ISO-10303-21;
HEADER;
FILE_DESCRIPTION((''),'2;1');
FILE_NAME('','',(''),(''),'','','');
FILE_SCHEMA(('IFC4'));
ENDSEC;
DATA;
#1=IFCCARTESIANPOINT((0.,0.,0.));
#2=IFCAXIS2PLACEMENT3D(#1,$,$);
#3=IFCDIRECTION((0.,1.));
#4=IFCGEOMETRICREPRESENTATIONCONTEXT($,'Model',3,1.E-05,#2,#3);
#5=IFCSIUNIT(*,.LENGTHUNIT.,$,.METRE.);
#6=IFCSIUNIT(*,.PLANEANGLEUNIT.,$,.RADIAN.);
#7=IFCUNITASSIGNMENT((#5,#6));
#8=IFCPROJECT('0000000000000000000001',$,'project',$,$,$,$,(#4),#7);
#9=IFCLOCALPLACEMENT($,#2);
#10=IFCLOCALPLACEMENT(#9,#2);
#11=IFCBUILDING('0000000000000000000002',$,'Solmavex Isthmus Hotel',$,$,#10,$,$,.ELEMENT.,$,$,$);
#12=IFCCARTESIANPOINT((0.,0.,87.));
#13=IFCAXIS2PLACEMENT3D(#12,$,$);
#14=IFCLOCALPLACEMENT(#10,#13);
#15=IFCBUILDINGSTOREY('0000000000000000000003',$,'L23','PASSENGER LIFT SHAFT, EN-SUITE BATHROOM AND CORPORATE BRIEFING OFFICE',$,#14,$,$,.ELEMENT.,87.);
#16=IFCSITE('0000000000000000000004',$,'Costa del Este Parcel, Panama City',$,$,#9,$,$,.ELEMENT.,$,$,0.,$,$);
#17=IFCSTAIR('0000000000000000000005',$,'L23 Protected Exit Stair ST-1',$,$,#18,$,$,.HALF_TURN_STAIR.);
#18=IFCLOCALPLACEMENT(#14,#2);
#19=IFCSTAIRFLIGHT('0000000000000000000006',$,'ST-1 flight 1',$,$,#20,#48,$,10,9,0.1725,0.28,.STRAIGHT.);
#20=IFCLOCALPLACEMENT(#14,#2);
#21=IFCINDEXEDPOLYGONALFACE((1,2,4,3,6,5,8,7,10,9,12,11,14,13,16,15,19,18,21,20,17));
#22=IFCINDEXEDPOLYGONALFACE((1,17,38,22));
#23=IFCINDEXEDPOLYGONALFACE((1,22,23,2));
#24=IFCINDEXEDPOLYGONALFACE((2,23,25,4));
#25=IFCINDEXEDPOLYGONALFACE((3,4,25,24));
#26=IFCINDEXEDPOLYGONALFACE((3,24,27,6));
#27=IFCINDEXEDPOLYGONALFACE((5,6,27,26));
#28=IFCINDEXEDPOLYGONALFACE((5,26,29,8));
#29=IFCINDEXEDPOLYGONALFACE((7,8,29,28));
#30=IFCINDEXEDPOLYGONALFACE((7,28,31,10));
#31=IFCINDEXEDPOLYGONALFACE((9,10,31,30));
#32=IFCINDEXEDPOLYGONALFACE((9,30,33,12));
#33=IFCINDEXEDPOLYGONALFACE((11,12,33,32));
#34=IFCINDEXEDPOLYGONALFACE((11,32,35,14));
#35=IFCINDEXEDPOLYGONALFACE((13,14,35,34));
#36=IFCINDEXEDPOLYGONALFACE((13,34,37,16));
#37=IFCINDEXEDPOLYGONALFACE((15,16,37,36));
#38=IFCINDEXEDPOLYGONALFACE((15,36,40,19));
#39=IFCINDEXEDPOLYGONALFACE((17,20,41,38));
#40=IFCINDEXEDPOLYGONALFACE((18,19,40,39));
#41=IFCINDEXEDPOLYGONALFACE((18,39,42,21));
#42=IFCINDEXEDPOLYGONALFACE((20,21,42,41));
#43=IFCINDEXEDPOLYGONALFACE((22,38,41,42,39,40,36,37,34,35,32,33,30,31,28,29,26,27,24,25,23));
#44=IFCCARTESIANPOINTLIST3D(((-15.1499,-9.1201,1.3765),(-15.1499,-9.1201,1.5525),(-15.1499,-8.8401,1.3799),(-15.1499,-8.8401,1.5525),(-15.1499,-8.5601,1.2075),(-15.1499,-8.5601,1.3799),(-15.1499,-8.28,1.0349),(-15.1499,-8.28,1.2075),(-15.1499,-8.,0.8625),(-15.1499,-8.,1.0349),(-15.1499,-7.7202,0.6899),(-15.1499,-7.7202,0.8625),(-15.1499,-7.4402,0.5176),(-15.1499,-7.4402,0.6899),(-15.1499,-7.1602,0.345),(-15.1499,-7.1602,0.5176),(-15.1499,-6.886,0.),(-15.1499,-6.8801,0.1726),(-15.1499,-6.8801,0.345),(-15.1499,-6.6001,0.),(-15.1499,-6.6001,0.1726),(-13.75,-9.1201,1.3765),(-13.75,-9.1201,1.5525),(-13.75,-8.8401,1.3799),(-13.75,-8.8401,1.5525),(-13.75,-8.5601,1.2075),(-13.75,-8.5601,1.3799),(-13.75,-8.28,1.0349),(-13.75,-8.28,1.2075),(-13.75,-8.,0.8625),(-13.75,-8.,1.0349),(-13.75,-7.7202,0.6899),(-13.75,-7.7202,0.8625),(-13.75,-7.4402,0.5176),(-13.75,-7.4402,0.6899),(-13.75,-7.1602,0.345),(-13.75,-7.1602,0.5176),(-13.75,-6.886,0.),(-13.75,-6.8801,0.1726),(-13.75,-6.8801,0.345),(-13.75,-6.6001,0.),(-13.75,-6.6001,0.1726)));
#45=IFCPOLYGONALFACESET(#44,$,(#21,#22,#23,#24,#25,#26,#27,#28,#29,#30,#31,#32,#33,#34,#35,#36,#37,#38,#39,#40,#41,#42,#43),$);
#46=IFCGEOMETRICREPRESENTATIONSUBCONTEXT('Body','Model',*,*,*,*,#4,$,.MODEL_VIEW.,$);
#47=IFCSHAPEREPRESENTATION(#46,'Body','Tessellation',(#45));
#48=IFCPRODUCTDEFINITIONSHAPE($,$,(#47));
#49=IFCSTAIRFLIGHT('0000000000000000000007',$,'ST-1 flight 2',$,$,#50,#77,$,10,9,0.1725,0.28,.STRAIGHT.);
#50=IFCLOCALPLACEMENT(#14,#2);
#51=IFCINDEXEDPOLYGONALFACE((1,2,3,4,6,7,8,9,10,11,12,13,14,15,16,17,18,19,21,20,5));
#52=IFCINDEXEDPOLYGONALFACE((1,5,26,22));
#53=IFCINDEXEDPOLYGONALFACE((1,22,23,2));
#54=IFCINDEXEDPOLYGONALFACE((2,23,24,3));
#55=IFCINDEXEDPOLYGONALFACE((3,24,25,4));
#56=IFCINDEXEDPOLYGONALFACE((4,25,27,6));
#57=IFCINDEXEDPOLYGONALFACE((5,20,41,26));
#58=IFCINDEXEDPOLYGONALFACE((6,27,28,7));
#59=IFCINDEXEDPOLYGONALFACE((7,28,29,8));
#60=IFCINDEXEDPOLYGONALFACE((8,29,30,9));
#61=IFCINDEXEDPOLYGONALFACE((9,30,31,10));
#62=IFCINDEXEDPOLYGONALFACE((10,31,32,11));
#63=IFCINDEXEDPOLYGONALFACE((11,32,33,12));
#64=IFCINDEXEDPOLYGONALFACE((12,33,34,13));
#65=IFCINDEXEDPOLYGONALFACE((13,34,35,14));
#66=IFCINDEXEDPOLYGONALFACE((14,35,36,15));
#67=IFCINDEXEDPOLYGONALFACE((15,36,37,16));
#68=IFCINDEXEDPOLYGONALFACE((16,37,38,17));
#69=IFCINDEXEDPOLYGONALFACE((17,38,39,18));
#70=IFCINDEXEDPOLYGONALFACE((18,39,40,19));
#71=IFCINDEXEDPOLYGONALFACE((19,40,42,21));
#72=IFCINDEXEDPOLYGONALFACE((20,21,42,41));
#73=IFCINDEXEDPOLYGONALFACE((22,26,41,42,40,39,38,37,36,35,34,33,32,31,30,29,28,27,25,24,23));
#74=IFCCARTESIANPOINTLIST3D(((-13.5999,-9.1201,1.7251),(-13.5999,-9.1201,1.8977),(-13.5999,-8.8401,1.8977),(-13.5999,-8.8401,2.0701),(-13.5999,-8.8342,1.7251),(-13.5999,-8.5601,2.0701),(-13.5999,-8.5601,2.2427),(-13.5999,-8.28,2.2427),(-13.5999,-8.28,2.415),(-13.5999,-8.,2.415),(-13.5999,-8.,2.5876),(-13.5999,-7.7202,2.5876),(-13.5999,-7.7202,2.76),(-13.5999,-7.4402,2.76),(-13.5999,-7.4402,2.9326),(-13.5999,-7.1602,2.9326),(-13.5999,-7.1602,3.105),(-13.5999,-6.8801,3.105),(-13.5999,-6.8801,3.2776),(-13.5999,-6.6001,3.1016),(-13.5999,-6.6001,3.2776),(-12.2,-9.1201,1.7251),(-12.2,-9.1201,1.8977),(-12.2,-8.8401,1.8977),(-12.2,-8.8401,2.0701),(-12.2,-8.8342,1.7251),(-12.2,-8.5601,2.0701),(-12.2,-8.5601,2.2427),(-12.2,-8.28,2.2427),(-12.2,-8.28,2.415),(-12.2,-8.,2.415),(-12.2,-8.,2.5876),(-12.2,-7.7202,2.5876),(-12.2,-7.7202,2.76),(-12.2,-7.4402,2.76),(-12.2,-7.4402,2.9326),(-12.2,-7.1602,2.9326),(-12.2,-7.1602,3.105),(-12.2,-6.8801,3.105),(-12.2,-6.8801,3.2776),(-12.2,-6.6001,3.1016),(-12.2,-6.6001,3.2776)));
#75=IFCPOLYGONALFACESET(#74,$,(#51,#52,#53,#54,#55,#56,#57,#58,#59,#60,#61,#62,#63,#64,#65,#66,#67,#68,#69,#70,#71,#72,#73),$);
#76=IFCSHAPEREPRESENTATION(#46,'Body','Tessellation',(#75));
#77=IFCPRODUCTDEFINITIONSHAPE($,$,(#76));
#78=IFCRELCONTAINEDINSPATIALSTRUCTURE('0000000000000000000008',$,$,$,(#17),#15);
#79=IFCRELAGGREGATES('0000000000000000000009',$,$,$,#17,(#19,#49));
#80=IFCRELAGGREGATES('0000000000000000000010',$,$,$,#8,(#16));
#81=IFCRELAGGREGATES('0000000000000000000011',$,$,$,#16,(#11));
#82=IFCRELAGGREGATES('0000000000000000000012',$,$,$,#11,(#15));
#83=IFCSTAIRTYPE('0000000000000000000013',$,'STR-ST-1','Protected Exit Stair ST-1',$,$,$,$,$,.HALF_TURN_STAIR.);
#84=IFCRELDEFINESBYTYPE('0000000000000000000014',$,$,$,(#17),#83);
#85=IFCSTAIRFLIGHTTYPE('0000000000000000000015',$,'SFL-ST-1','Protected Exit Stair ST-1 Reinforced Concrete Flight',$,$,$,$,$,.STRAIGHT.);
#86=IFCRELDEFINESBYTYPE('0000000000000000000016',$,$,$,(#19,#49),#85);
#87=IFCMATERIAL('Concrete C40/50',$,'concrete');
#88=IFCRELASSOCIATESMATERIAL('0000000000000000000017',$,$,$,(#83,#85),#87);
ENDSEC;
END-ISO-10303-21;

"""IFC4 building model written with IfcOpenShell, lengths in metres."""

from ifc_helpers import new_model, si_unit, direction, frame, origin, place, context, subcontext, project, spatial, polyline, outline, extrude, material, type_object, element, aggregate, save


model = new_model("IFC4")

# Units and contexts
model_context = context("Model", 3, precision=1e-05, world=origin(), true_north=direction((0.0, 1.0)))
body_context = subcontext(model_context, "Body", "Model", "MODEL_VIEW")
ifc_project = project(units=[si_unit("LENGTHUNIT", "METRE"), si_unit("PLANEANGLEUNIT", "RADIAN")], contexts=[model_context])

# Site, building, storey
site_placement = place(None, origin())
site = spatial("IfcSite", under=ifc_project, at=site_placement, Name="Costa del Este Parcel, Panama City", CompositionType="ELEMENT", RefElevation=0.0)
building_placement = place(site_placement, origin())
building = spatial("IfcBuilding", under=site, at=building_placement, Name="Solmavex Isthmus Hotel", CompositionType="ELEMENT")
storey_placement = place(building_placement, frame((0.0, 0.0, 87.0)))
storey = spatial("IfcBuildingStorey", under=building, at=storey_placement, Name="L23", Description="PASSENGER LIFT SHAFT, EN-SUITE BATHROOM AND CORPORATE BRIEFING OFFICE", CompositionType="ELEMENT", Elevation=87.0)

# Shared definitions
ifc_material_1 = material(Name="Concrete C40/50", Category="concrete")

# Stair, stair flights
stair_type = type_object("IfcStairType", Name="STR-ST-1", Description="Protected Exit Stair ST-1", PredefinedType="HALF_TURN_STAIR", material=ifc_material_1)
stair_placement = place(storey_placement, origin())
stair = element("IfcStair", 1, at=stair_placement, inside=storey, type_object=stair_type, Name="L23 Protected Exit Stair ST-1", PredefinedType="HALF_TURN_STAIR")
stair_flight_type = type_object("IfcStairFlightType", Name="SFL-ST-1", Description="Protected Exit Stair ST-1 Reinforced Concrete Flight", PredefinedType="STRAIGHT", material=ifc_material_1)
stair_flight_1_placement = place(storey_placement, frame((-14.45, -6.6001, 0.0), z_axis=(0.0, 0.0, 1.0), x_axis=(0.0, -1.0, 0.0)))
stair_flight_1 = element("IfcStairFlight", 2, at=stair_flight_1_placement, type_object=stair_flight_type, Name="ST-1 flight 1", NumberOfRisers=10, NumberOfTreads=9, PredefinedType="STRAIGHT", RiserHeight=0.1725, TreadLength=0.28, context=body_context, shape_type="SweptSolid", body=[
    extrude(outline(polyline([(0.0, 0.0), (0.0, 0.1726), (0.28, 0.1726), (0.28, 0.345), (0.5601, 0.345), (0.5601, 0.5176), (0.8401, 0.5176), (0.8401, 0.6899), (1.1201, 0.6899), (1.1201, 0.8625), (1.3999, 0.8625), (1.3999, 1.0349), (1.6799, 1.0349), (1.6799, 1.2075), (1.96, 1.2075), (1.96, 1.3799), (2.24, 1.3799), (2.24, 1.5525), (2.52, 1.5525), (2.52, 1.7251), (2.52, 1.3765), (0.2859, 0.0), (0.0, 0.0)])), frame((0.0, 0.7, 0.0), z_axis=(0.0, -1.0, 0.0), x_axis=(1.0, 0.0, 0.0)), (0.0, 0.0, 1.0), 1.3999),
])
stair_flight_2_placement = place(storey_placement, frame((-12.8999, -9.1201, 1.7251), z_axis=(0.0, 0.0, 1.0), x_axis=(0.0, 1.0, 0.0)))
stair_flight_2 = element("IfcStairFlight", 3, at=stair_flight_2_placement, type_object=stair_flight_type, Name="ST-1 flight 2", NumberOfRisers=10, NumberOfTreads=9, PredefinedType="STRAIGHT", RiserHeight=0.1725, TreadLength=0.28, context=body_context, shape_type="SweptSolid", body=[
    extrude(outline(polyline([(0.0, 0.0), (0.0, 0.1726), (0.28, 0.1726), (0.28, 0.345), (0.5601, 0.345), (0.5601, 0.5176), (0.8401, 0.5176), (0.8401, 0.6899), (1.1201, 0.6899), (1.1201, 0.8625), (1.3999, 0.8625), (1.3999, 1.0349), (1.6799, 1.0349), (1.6799, 1.2075), (1.96, 1.2075), (1.96, 1.3799), (2.24, 1.3799), (2.24, 1.5525), (2.52, 1.5525), (2.52, 1.7251), (2.52, 1.3765), (0.2859, 0.0), (0.0, 0.0)])), frame((0.0, 0.7, 0.0), z_axis=(0.0, -1.0, 0.0), x_axis=(1.0, 0.0, 0.0)), (0.0, 0.0, 1.0), 1.3999),
])
aggregate(stair, [stair_flight_1, stair_flight_2])

save(model, "model.ifc")
